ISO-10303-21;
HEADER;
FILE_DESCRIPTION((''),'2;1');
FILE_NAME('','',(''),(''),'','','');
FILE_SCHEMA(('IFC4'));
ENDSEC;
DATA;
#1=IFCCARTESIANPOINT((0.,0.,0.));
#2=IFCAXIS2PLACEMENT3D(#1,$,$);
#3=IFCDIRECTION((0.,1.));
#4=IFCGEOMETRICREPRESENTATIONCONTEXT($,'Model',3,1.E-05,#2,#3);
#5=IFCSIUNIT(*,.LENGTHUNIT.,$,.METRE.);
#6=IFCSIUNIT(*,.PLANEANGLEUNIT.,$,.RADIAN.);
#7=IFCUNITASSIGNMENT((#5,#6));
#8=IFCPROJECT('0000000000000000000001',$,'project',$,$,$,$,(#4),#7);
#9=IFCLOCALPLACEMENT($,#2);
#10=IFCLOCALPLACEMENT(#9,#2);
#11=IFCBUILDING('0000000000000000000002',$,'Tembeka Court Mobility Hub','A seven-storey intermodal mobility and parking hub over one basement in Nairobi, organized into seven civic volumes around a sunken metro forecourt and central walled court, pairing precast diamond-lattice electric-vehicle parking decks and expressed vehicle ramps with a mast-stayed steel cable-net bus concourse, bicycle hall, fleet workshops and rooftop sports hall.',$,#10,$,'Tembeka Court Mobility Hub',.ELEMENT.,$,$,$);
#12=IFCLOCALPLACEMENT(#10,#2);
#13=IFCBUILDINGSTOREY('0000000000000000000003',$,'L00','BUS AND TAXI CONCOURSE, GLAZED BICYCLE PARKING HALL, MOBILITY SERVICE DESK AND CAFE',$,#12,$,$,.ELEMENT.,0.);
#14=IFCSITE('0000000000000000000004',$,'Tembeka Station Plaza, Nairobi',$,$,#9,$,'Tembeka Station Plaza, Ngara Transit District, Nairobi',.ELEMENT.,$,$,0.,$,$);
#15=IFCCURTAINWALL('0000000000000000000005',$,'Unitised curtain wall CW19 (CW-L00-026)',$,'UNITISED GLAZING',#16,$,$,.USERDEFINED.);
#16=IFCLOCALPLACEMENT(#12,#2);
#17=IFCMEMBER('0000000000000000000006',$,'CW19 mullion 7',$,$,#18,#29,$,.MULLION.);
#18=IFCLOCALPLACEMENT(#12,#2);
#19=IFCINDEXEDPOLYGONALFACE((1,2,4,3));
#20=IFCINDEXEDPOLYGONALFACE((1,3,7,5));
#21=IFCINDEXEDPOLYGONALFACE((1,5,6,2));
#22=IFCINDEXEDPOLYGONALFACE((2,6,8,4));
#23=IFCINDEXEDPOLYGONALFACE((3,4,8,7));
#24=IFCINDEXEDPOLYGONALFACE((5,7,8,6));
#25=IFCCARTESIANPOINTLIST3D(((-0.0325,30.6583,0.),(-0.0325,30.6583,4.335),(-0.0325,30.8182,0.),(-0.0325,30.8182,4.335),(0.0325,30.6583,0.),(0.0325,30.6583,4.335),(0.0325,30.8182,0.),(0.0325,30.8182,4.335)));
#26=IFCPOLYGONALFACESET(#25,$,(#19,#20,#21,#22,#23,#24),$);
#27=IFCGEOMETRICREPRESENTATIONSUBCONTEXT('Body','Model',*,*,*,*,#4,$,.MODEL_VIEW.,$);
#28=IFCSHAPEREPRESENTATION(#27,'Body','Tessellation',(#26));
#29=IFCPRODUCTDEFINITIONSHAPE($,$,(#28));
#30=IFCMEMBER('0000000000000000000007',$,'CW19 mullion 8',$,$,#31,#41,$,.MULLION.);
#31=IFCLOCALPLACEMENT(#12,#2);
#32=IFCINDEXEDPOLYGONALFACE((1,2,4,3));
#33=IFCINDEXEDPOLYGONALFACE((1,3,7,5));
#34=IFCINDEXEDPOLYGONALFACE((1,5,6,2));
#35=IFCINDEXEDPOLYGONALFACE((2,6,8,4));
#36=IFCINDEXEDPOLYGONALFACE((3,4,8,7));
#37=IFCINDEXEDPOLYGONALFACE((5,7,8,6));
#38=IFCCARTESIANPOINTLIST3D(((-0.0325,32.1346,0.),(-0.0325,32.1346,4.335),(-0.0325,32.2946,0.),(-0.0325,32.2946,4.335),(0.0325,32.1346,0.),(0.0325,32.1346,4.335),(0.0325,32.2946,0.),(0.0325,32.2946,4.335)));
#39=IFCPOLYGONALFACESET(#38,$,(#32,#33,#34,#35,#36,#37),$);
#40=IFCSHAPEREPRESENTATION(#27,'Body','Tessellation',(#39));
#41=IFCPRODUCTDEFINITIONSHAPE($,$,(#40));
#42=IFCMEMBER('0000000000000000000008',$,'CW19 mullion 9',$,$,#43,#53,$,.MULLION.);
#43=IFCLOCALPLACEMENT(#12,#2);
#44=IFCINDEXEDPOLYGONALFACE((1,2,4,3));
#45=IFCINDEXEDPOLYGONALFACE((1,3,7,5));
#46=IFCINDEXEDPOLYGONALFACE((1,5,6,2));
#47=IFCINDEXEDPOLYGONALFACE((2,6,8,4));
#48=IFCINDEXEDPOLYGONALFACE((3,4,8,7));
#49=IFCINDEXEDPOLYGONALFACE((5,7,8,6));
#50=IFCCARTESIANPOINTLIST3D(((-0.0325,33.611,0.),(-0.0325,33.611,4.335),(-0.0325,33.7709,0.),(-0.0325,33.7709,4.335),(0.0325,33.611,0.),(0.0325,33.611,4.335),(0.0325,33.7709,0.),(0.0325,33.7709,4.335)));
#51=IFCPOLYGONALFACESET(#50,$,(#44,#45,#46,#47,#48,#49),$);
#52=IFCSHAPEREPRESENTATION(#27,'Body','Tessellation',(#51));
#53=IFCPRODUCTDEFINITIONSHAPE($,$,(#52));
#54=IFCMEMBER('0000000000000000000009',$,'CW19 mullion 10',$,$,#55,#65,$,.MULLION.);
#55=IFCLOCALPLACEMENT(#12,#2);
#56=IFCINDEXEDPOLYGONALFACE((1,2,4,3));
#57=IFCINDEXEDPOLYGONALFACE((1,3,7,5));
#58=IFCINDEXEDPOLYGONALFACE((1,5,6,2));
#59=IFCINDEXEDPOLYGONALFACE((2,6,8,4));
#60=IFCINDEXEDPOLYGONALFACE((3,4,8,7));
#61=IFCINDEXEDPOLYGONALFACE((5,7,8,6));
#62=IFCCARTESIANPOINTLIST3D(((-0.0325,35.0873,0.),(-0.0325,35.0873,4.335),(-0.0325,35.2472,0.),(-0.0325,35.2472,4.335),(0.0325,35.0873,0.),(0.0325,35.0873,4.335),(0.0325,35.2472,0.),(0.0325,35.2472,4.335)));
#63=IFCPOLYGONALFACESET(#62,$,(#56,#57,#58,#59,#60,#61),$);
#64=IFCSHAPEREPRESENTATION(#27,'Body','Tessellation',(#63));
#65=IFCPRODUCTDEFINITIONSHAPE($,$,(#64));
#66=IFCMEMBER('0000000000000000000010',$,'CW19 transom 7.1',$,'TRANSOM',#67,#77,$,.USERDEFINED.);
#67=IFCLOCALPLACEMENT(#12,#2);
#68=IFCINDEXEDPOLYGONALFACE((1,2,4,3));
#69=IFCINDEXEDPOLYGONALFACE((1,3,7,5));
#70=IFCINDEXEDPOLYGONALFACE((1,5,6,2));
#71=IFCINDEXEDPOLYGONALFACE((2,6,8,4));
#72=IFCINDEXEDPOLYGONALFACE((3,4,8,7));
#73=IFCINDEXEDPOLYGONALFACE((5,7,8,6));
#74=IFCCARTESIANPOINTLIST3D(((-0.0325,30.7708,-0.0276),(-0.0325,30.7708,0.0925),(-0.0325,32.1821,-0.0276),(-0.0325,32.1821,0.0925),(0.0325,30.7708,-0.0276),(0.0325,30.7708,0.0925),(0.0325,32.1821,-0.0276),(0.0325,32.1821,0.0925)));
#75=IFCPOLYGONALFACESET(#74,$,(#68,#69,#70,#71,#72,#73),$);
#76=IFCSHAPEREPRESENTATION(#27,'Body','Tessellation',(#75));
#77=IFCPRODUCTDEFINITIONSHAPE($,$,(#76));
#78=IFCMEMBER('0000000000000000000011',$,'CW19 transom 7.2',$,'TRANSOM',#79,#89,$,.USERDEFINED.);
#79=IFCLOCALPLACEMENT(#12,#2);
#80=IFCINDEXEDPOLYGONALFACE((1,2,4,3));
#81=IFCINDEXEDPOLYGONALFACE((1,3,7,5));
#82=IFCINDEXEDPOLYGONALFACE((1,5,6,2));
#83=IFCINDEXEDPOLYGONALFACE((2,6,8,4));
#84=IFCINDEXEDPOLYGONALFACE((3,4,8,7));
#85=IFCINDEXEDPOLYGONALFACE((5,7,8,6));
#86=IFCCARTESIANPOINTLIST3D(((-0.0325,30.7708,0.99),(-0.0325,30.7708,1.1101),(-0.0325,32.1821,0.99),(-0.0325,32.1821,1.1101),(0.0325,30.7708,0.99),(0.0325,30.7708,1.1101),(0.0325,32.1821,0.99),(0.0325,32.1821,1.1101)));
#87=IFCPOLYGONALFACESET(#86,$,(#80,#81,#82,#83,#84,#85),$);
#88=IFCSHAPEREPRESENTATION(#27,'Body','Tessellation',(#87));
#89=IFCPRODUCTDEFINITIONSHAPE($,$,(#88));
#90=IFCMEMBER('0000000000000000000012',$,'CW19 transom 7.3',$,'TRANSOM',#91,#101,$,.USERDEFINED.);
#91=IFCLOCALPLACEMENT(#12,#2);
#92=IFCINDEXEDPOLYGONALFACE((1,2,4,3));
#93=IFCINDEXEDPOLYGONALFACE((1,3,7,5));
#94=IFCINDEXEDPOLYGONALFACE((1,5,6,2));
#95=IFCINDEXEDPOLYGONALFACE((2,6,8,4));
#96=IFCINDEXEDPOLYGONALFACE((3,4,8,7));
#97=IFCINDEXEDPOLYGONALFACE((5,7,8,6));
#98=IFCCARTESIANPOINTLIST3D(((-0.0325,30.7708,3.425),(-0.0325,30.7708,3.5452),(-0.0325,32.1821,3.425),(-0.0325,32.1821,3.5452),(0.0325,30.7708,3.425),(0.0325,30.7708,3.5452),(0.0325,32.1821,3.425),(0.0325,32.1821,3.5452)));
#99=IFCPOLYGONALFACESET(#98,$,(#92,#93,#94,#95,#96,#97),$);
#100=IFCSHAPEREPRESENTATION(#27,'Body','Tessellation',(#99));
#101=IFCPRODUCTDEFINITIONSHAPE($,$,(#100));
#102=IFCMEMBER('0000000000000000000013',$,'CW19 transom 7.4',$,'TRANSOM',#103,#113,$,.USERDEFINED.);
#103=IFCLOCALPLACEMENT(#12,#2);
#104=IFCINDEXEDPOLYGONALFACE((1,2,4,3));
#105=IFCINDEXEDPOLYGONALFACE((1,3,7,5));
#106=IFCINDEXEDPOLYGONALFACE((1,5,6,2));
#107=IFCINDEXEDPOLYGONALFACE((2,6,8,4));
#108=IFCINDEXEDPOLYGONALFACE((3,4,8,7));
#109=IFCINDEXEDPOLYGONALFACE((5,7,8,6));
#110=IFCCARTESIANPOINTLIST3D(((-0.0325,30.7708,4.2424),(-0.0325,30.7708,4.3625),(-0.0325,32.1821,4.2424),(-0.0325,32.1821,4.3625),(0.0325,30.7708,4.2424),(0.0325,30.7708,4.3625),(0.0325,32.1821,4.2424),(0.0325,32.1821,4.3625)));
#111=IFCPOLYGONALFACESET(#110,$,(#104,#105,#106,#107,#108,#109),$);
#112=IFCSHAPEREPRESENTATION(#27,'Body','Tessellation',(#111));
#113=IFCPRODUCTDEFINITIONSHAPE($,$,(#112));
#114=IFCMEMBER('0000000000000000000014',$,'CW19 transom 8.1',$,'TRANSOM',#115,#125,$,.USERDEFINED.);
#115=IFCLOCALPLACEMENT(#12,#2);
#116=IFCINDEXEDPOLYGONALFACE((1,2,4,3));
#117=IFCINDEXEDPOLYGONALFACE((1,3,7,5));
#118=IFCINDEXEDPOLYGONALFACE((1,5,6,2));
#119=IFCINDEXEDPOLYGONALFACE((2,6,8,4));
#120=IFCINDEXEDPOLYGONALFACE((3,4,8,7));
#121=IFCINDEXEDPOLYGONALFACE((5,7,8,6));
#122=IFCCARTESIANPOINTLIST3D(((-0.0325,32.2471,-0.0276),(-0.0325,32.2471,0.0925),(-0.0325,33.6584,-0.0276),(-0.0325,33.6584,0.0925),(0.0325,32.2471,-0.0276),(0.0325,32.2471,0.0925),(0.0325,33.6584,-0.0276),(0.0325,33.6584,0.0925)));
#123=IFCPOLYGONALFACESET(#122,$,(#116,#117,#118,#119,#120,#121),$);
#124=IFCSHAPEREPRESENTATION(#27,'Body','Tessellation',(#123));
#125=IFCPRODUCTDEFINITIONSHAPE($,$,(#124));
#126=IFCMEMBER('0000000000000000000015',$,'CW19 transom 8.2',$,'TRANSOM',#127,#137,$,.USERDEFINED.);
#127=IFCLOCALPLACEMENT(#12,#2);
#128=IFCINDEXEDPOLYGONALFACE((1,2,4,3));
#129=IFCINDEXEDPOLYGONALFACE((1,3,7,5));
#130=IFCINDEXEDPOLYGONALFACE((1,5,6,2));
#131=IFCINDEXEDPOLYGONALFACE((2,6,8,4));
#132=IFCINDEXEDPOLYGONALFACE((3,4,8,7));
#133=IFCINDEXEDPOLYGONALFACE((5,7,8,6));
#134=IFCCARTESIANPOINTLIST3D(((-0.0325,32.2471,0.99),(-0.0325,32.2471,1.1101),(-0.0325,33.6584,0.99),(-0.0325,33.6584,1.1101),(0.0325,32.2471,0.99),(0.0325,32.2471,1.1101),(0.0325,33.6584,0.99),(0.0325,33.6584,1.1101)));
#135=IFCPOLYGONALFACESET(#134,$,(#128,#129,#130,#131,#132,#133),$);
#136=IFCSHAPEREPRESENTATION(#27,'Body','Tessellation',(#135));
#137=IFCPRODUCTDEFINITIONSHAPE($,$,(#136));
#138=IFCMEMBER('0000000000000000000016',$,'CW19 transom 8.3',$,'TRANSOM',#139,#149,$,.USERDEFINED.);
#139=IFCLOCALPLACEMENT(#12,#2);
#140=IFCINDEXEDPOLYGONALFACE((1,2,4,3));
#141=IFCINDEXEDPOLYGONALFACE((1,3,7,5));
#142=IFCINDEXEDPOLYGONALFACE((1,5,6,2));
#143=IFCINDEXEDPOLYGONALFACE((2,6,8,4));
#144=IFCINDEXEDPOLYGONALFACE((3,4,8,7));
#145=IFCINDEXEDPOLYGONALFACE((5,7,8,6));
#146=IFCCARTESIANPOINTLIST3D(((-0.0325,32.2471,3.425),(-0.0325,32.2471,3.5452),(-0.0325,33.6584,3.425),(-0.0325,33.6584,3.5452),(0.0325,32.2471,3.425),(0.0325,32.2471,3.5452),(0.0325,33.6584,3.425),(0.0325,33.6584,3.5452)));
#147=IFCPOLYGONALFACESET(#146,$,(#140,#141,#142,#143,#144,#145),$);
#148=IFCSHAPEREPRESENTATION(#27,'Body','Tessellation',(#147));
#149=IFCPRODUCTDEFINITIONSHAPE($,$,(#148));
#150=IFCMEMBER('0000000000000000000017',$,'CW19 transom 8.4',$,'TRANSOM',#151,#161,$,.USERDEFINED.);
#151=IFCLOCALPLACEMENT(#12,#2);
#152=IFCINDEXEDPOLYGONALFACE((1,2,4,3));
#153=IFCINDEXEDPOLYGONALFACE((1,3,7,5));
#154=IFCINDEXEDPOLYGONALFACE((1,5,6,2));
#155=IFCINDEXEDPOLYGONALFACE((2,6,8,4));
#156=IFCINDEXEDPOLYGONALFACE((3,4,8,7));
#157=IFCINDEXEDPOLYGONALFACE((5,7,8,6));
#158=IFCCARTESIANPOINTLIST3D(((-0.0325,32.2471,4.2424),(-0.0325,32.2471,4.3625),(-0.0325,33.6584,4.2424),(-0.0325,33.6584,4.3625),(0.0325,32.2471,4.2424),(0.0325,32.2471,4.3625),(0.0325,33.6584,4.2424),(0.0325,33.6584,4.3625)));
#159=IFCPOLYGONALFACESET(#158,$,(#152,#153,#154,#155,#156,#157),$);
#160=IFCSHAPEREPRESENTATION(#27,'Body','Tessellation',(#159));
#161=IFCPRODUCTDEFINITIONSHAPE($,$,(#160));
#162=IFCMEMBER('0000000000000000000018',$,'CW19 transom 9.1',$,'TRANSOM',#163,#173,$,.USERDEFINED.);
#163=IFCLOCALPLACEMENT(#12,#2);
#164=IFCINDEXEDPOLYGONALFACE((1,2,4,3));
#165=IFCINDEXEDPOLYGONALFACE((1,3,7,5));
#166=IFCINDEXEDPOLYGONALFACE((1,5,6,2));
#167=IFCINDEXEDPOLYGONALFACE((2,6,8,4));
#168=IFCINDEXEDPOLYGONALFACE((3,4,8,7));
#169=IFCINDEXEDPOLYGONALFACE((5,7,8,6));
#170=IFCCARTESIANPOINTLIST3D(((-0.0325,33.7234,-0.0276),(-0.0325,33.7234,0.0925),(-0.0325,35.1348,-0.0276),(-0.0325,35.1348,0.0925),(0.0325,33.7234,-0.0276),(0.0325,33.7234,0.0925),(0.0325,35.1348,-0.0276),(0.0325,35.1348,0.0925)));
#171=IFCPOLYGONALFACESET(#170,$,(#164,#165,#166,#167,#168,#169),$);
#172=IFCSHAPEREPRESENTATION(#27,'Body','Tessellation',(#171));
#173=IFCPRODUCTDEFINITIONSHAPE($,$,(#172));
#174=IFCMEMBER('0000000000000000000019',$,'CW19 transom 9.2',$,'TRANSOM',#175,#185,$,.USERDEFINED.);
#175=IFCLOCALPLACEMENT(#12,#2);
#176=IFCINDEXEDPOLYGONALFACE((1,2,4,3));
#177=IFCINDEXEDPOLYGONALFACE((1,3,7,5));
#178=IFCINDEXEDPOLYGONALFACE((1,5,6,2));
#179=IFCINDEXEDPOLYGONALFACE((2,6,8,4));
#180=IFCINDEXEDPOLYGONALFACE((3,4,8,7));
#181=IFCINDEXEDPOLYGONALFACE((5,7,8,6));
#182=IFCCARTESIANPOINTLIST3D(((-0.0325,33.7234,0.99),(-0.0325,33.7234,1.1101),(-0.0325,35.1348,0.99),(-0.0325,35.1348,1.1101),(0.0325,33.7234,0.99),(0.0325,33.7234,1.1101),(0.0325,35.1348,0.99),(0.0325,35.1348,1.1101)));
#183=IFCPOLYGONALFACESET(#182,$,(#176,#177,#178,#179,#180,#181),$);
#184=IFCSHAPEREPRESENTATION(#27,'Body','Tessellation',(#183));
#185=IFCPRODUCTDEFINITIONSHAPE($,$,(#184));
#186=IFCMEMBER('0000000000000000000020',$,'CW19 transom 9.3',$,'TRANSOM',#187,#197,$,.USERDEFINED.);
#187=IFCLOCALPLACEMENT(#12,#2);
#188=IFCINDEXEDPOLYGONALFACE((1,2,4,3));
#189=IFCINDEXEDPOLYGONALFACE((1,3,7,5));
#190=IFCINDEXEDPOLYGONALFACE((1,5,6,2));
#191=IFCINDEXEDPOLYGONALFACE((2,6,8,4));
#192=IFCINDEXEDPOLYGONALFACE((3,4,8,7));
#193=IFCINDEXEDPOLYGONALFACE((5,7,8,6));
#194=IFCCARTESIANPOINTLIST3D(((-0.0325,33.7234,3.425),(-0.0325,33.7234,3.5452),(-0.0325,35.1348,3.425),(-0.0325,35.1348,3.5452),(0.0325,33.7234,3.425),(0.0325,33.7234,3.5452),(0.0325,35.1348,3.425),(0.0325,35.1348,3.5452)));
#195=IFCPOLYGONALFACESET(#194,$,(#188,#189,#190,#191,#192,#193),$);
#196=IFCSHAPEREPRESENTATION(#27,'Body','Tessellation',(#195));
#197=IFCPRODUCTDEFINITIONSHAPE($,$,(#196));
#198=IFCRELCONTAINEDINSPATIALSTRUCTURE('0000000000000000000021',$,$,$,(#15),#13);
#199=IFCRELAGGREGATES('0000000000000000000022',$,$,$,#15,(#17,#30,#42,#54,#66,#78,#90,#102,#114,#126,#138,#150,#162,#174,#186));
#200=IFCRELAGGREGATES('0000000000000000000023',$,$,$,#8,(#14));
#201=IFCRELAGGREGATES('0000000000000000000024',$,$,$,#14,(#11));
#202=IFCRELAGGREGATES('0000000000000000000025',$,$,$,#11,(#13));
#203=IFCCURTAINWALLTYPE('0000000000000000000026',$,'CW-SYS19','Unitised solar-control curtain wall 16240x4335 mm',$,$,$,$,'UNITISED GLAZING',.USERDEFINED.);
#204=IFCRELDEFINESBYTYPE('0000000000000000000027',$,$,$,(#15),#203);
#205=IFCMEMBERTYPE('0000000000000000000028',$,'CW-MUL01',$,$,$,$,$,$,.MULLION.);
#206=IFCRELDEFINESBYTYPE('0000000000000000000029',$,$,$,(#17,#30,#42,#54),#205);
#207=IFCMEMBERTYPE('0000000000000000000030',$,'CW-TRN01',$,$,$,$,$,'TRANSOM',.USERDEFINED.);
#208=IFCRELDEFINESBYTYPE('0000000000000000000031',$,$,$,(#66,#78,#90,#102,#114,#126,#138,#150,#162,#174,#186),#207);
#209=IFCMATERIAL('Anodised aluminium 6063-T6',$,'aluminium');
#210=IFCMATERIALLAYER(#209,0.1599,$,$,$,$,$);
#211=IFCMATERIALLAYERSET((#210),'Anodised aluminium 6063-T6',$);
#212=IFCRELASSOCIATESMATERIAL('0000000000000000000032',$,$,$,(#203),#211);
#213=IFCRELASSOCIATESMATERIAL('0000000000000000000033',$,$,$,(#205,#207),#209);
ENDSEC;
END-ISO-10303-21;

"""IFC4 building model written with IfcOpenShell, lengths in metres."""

from ifc_helpers import new_model, si_unit, direction, frame, origin, origin_2d, place, context, subcontext, project, spatial, rectangle, extrude, material, layer, layer_set, material_profile, profile_set, type_object, element, aggregate, save


model = new_model("IFC4")

# Units and contexts
model_context = context("Model", 3, precision=1e-05, world=origin(), true_north=direction((0.0, 1.0)))
body_context = subcontext(model_context, "Body", "Model", "MODEL_VIEW")
ifc_project = project(units=[si_unit("LENGTHUNIT", "METRE"), si_unit("PLANEANGLEUNIT", "RADIAN")], contexts=[model_context])

# Site, building, storey
site_placement = place(None, origin())
site = spatial("IfcSite", under=ifc_project, at=site_placement, Name="Tembeka Station Plaza, Nairobi", LongName="Tembeka Station Plaza, Ngara Transit District, Nairobi", CompositionType="ELEMENT", RefElevation=0.0)
building_placement = place(site_placement, origin())
building = spatial("IfcBuilding", under=site, at=building_placement, Name="Tembeka Court Mobility Hub", Description="A seven-storey intermodal mobility and parking hub over one basement in Nairobi, organized into seven civic volumes around a sunken metro forecourt and central walled court, pairing precast diamond-lattice electric-vehicle parking decks and expressed vehicle ramps with a mast-stayed steel cable-net bus concourse, bicycle hall, fleet workshops and rooftop sports hall.", LongName="Tembeka Court Mobility Hub", CompositionType="ELEMENT")
storey_placement = place(building_placement, origin())
storey = spatial("IfcBuildingStorey", under=building, at=storey_placement, Name="L00", Description="BUS AND TAXI CONCOURSE, GLAZED BICYCLE PARKING HALL, MOBILITY SERVICE DESK AND CAFE", CompositionType="ELEMENT", Elevation=0.0)

# Curtain wall, members
ifc_material_1 = material(Name="Anodised aluminium 6063-T6", Category="aluminium")
ifc_layer_1 = layer(ifc_material_1, 0.1599)
ifc_layer_set_1 = layer_set([ifc_layer_1], Name="Anodised aluminium 6063-T6")
curtain_wall_type = type_object("IfcCurtainWallType", Name="CW-SYS19", Description="Unitised solar-control curtain wall 16240x4335 mm", ElementType="UNITISED GLAZING", PredefinedType="USERDEFINED", material=ifc_layer_set_1)
curtain_wall_placement = place(storey_placement, origin())
curtain_wall = element("IfcCurtainWall", 1, at=curtain_wall_placement, inside=storey, type_object=curtain_wall_type, Name="Unitised curtain wall CW19 (CW-L00-026)", ObjectType="UNITISED GLAZING", PredefinedType="USERDEFINED")
ifc_material_profile_1 = material_profile(ifc_material_1, rectangle(XDim=0.0649, YDim=0.1599, at=origin_2d()), Name="ALU-MUL 65x160")
ifc_profile_set_1 = profile_set([ifc_material_profile_1], Name="Anodised aluminium 6063-T6")
member_type_1 = type_object("IfcMemberType", Name="CW-MUL01", PredefinedType="MULLION", material=ifc_profile_set_1)
member_1_placement = place(storey_placement, frame((0.0, 30.7383, 0.0), z_axis=(0.0, 0.0, 1.0), x_axis=(-1.0, 0.0, 0.0)))
member_1 = element("IfcMember", 2, at=member_1_placement, type_object=member_type_1, Name="CW19 mullion 7", PredefinedType="MULLION", context=body_context, shape_type="SweptSolid", body=[
    extrude(rectangle(XDim=0.0649, YDim=0.1599, at=origin_2d()), origin(), (0.0, 0.0, 1.0), 4.335),
])
member_2_placement = place(storey_placement, frame((0.0, 32.2146, 0.0), z_axis=(0.0, 0.0, 1.0), x_axis=(-1.0, 0.0, 0.0)))
member_2 = element("IfcMember", 3, at=member_2_placement, type_object=member_type_1, Name="CW19 mullion 8", PredefinedType="MULLION", context=body_context, shape_type="SweptSolid", body=[
    extrude(rectangle(XDim=0.0649, YDim=0.1599, at=origin_2d()), origin(), (0.0, 0.0, 1.0), 4.335),
])
member_3_placement = place(storey_placement, frame((0.0, 33.6909, 0.0), z_axis=(0.0, 0.0, 1.0), x_axis=(-1.0, 0.0, 0.0)))
member_3 = element("IfcMember", 4, at=member_3_placement, type_object=member_type_1, Name="CW19 mullion 9", PredefinedType="MULLION", context=body_context, shape_type="SweptSolid", body=[
    extrude(rectangle(XDim=0.0649, YDim=0.1599, at=origin_2d()), origin(), (0.0, 0.0, 1.0), 4.335),
])
member_4_placement = place(storey_placement, frame((0.0, 35.1672, 0.0), z_axis=(0.0, 0.0, 1.0), x_axis=(-1.0, 0.0, 0.0)))
member_4 = element("IfcMember", 5, at=member_4_placement, type_object=member_type_1, Name="CW19 mullion 10", PredefinedType="MULLION", context=body_context, shape_type="SweptSolid", body=[
    extrude(rectangle(XDim=0.0649, YDim=0.1599, at=origin_2d()), origin(), (0.0, 0.0, 1.0), 4.335),
])
ifc_material_profile_2 = material_profile(ifc_material_1, rectangle(XDim=0.0649, YDim=0.1201, at=origin_2d()), Name="ALU-TRN 65x120")
ifc_profile_set_2 = profile_set([ifc_material_profile_2], Name="Anodised aluminium 6063-T6")
member_type_2 = type_object("IfcMemberType", Name="CW-TRN01", ElementType="TRANSOM", PredefinedType="USERDEFINED", material=ifc_profile_set_2)
member_5_placement = place(storey_placement, frame((0.0, 30.7708, 0.0325), z_axis=(0.0, 1.0, 0.0), x_axis=(-1.0, 0.0, 0.0)))
member_5 = element("IfcMember", 6, at=member_5_placement, type_object=member_type_2, Name="CW19 transom 7.1", ObjectType="TRANSOM", PredefinedType="USERDEFINED", context=body_context, shape_type="SweptSolid", body=[
    extrude(rectangle(XDim=0.0649, YDim=0.1201, at=origin_2d()), origin(), (0.0, 0.0, 1.0), 1.4114),
])
member_6_placement = place(storey_placement, frame((0.0, 30.7708, 1.05), z_axis=(0.0, 1.0, 0.0), x_axis=(-1.0, 0.0, 0.0)))
member_6 = element("IfcMember", 7, at=member_6_placement, type_object=member_type_2, Name="CW19 transom 7.2", ObjectType="TRANSOM", PredefinedType="USERDEFINED", context=body_context, shape_type="SweptSolid", body=[
    extrude(rectangle(XDim=0.0649, YDim=0.1201, at=origin_2d()), origin(), (0.0, 0.0, 1.0), 1.4114),
])
member_7_placement = place(storey_placement, frame((0.0, 30.7708, 3.4851), z_axis=(0.0, 1.0, 0.0), x_axis=(-1.0, 0.0, 0.0)))
member_7 = element("IfcMember", 8, at=member_7_placement, type_object=member_type_2, Name="CW19 transom 7.3", ObjectType="TRANSOM", PredefinedType="USERDEFINED", context=body_context, shape_type="SweptSolid", body=[
    extrude(rectangle(XDim=0.0649, YDim=0.1201, at=origin_2d()), origin(), (0.0, 0.0, 1.0), 1.4114),
])
member_8_placement = place(storey_placement, frame((0.0, 30.7708, 4.3025), z_axis=(0.0, 1.0, 0.0), x_axis=(-1.0, 0.0, 0.0)))
member_8 = element("IfcMember", 9, at=member_8_placement, type_object=member_type_2, Name="CW19 transom 7.4", ObjectType="TRANSOM", PredefinedType="USERDEFINED", context=body_context, shape_type="SweptSolid", body=[
    extrude(rectangle(XDim=0.0649, YDim=0.1201, at=origin_2d()), origin(), (0.0, 0.0, 1.0), 1.4114),
])
member_9_placement = place(storey_placement, frame((0.0, 32.2471, 0.0325), z_axis=(0.0, 1.0, 0.0), x_axis=(-1.0, 0.0, 0.0)))
member_9 = element("IfcMember", 10, at=member_9_placement, type_object=member_type_2, Name="CW19 transom 8.1", ObjectType="TRANSOM", PredefinedType="USERDEFINED", context=body_context, shape_type="SweptSolid", body=[
    extrude(rectangle(XDim=0.0649, YDim=0.1201, at=origin_2d()), origin(), (0.0, 0.0, 1.0), 1.4114),
])
member_10_placement = place(storey_placement, frame((0.0, 32.2471, 1.05), z_axis=(0.0, 1.0, 0.0), x_axis=(-1.0, 0.0, 0.0)))
member_10 = element("IfcMember", 11, at=member_10_placement, type_object=member_type_2, Name="CW19 transom 8.2", ObjectType="TRANSOM", PredefinedType="USERDEFINED", context=body_context, shape_type="SweptSolid", body=[
    extrude(rectangle(XDim=0.0649, YDim=0.1201, at=origin_2d()), origin(), (0.0, 0.0, 1.0), 1.4114),
])
member_11_placement = place(storey_placement, frame((0.0, 32.2471, 3.4851), z_axis=(0.0, 1.0, 0.0), x_axis=(-1.0, 0.0, 0.0)))
member_11 = element("IfcMember", 12, at=member_11_placement, type_object=member_type_2, Name="CW19 transom 8.3", ObjectType="TRANSOM", PredefinedType="USERDEFINED", context=body_context, shape_type="SweptSolid", body=[
    extrude(rectangle(XDim=0.0649, YDim=0.1201, at=origin_2d()), origin(), (0.0, 0.0, 1.0), 1.4114),
])
member_12_placement = place(storey_placement, frame((0.0, 32.2471, 4.3025), z_axis=(0.0, 1.0, 0.0), x_axis=(-1.0, 0.0, 0.0)))
member_12 = element("IfcMember", 13, at=member_12_placement, type_object=member_type_2, Name="CW19 transom 8.4", ObjectType="TRANSOM", PredefinedType="USERDEFINED", context=body_context, shape_type="SweptSolid", body=[
    extrude(rectangle(XDim=0.0649, YDim=0.1201, at=origin_2d()), origin(), (0.0, 0.0, 1.0), 1.4114),
])
member_13_placement = place(storey_placement, frame((0.0, 33.7234, 0.0325), z_axis=(0.0, 1.0, 0.0), x_axis=(-1.0, 0.0, 0.0)))
member_13 = element("IfcMember", 14, at=member_13_placement, type_object=member_type_2, Name="CW19 transom 9.1", ObjectType="TRANSOM", PredefinedType="USERDEFINED", context=body_context, shape_type="SweptSolid", body=[
    extrude(rectangle(XDim=0.0649, YDim=0.1201, at=origin_2d()), origin(), (0.0, 0.0, 1.0), 1.4114),
])
member_14_placement = place(storey_placement, frame((0.0, 33.7234, 1.05), z_axis=(0.0, 1.0, 0.0), x_axis=(-1.0, 0.0, 0.0)))
member_14 = element("IfcMember", 15, at=member_14_placement, type_object=member_type_2, Name="CW19 transom 9.2", ObjectType="TRANSOM", PredefinedType="USERDEFINED", context=body_context, shape_type="SweptSolid", body=[
    extrude(rectangle(XDim=0.0649, YDim=0.1201, at=origin_2d()), origin(), (0.0, 0.0, 1.0), 1.4114),
])
member_15_placement = place(storey_placement, frame((0.0, 33.7234, 3.4851), z_axis=(0.0, 1.0, 0.0), x_axis=(-1.0, 0.0, 0.0)))
member_15 = element("IfcMember", 16, at=member_15_placement, type_object=member_type_2, Name="CW19 transom 9.3", ObjectType="TRANSOM", PredefinedType="USERDEFINED", context=body_context, shape_type="SweptSolid", body=[
    extrude(rectangle(XDim=0.0649, YDim=0.1201, at=origin_2d()), origin(), (0.0, 0.0, 1.0), 1.4114),
])
aggregate(curtain_wall, [member_1, member_2, member_3, member_4, member_5, member_6, member_7, member_8, member_9, member_10, member_11, member_12, member_13, member_14, member_15])

save(model, "model.ifc")
